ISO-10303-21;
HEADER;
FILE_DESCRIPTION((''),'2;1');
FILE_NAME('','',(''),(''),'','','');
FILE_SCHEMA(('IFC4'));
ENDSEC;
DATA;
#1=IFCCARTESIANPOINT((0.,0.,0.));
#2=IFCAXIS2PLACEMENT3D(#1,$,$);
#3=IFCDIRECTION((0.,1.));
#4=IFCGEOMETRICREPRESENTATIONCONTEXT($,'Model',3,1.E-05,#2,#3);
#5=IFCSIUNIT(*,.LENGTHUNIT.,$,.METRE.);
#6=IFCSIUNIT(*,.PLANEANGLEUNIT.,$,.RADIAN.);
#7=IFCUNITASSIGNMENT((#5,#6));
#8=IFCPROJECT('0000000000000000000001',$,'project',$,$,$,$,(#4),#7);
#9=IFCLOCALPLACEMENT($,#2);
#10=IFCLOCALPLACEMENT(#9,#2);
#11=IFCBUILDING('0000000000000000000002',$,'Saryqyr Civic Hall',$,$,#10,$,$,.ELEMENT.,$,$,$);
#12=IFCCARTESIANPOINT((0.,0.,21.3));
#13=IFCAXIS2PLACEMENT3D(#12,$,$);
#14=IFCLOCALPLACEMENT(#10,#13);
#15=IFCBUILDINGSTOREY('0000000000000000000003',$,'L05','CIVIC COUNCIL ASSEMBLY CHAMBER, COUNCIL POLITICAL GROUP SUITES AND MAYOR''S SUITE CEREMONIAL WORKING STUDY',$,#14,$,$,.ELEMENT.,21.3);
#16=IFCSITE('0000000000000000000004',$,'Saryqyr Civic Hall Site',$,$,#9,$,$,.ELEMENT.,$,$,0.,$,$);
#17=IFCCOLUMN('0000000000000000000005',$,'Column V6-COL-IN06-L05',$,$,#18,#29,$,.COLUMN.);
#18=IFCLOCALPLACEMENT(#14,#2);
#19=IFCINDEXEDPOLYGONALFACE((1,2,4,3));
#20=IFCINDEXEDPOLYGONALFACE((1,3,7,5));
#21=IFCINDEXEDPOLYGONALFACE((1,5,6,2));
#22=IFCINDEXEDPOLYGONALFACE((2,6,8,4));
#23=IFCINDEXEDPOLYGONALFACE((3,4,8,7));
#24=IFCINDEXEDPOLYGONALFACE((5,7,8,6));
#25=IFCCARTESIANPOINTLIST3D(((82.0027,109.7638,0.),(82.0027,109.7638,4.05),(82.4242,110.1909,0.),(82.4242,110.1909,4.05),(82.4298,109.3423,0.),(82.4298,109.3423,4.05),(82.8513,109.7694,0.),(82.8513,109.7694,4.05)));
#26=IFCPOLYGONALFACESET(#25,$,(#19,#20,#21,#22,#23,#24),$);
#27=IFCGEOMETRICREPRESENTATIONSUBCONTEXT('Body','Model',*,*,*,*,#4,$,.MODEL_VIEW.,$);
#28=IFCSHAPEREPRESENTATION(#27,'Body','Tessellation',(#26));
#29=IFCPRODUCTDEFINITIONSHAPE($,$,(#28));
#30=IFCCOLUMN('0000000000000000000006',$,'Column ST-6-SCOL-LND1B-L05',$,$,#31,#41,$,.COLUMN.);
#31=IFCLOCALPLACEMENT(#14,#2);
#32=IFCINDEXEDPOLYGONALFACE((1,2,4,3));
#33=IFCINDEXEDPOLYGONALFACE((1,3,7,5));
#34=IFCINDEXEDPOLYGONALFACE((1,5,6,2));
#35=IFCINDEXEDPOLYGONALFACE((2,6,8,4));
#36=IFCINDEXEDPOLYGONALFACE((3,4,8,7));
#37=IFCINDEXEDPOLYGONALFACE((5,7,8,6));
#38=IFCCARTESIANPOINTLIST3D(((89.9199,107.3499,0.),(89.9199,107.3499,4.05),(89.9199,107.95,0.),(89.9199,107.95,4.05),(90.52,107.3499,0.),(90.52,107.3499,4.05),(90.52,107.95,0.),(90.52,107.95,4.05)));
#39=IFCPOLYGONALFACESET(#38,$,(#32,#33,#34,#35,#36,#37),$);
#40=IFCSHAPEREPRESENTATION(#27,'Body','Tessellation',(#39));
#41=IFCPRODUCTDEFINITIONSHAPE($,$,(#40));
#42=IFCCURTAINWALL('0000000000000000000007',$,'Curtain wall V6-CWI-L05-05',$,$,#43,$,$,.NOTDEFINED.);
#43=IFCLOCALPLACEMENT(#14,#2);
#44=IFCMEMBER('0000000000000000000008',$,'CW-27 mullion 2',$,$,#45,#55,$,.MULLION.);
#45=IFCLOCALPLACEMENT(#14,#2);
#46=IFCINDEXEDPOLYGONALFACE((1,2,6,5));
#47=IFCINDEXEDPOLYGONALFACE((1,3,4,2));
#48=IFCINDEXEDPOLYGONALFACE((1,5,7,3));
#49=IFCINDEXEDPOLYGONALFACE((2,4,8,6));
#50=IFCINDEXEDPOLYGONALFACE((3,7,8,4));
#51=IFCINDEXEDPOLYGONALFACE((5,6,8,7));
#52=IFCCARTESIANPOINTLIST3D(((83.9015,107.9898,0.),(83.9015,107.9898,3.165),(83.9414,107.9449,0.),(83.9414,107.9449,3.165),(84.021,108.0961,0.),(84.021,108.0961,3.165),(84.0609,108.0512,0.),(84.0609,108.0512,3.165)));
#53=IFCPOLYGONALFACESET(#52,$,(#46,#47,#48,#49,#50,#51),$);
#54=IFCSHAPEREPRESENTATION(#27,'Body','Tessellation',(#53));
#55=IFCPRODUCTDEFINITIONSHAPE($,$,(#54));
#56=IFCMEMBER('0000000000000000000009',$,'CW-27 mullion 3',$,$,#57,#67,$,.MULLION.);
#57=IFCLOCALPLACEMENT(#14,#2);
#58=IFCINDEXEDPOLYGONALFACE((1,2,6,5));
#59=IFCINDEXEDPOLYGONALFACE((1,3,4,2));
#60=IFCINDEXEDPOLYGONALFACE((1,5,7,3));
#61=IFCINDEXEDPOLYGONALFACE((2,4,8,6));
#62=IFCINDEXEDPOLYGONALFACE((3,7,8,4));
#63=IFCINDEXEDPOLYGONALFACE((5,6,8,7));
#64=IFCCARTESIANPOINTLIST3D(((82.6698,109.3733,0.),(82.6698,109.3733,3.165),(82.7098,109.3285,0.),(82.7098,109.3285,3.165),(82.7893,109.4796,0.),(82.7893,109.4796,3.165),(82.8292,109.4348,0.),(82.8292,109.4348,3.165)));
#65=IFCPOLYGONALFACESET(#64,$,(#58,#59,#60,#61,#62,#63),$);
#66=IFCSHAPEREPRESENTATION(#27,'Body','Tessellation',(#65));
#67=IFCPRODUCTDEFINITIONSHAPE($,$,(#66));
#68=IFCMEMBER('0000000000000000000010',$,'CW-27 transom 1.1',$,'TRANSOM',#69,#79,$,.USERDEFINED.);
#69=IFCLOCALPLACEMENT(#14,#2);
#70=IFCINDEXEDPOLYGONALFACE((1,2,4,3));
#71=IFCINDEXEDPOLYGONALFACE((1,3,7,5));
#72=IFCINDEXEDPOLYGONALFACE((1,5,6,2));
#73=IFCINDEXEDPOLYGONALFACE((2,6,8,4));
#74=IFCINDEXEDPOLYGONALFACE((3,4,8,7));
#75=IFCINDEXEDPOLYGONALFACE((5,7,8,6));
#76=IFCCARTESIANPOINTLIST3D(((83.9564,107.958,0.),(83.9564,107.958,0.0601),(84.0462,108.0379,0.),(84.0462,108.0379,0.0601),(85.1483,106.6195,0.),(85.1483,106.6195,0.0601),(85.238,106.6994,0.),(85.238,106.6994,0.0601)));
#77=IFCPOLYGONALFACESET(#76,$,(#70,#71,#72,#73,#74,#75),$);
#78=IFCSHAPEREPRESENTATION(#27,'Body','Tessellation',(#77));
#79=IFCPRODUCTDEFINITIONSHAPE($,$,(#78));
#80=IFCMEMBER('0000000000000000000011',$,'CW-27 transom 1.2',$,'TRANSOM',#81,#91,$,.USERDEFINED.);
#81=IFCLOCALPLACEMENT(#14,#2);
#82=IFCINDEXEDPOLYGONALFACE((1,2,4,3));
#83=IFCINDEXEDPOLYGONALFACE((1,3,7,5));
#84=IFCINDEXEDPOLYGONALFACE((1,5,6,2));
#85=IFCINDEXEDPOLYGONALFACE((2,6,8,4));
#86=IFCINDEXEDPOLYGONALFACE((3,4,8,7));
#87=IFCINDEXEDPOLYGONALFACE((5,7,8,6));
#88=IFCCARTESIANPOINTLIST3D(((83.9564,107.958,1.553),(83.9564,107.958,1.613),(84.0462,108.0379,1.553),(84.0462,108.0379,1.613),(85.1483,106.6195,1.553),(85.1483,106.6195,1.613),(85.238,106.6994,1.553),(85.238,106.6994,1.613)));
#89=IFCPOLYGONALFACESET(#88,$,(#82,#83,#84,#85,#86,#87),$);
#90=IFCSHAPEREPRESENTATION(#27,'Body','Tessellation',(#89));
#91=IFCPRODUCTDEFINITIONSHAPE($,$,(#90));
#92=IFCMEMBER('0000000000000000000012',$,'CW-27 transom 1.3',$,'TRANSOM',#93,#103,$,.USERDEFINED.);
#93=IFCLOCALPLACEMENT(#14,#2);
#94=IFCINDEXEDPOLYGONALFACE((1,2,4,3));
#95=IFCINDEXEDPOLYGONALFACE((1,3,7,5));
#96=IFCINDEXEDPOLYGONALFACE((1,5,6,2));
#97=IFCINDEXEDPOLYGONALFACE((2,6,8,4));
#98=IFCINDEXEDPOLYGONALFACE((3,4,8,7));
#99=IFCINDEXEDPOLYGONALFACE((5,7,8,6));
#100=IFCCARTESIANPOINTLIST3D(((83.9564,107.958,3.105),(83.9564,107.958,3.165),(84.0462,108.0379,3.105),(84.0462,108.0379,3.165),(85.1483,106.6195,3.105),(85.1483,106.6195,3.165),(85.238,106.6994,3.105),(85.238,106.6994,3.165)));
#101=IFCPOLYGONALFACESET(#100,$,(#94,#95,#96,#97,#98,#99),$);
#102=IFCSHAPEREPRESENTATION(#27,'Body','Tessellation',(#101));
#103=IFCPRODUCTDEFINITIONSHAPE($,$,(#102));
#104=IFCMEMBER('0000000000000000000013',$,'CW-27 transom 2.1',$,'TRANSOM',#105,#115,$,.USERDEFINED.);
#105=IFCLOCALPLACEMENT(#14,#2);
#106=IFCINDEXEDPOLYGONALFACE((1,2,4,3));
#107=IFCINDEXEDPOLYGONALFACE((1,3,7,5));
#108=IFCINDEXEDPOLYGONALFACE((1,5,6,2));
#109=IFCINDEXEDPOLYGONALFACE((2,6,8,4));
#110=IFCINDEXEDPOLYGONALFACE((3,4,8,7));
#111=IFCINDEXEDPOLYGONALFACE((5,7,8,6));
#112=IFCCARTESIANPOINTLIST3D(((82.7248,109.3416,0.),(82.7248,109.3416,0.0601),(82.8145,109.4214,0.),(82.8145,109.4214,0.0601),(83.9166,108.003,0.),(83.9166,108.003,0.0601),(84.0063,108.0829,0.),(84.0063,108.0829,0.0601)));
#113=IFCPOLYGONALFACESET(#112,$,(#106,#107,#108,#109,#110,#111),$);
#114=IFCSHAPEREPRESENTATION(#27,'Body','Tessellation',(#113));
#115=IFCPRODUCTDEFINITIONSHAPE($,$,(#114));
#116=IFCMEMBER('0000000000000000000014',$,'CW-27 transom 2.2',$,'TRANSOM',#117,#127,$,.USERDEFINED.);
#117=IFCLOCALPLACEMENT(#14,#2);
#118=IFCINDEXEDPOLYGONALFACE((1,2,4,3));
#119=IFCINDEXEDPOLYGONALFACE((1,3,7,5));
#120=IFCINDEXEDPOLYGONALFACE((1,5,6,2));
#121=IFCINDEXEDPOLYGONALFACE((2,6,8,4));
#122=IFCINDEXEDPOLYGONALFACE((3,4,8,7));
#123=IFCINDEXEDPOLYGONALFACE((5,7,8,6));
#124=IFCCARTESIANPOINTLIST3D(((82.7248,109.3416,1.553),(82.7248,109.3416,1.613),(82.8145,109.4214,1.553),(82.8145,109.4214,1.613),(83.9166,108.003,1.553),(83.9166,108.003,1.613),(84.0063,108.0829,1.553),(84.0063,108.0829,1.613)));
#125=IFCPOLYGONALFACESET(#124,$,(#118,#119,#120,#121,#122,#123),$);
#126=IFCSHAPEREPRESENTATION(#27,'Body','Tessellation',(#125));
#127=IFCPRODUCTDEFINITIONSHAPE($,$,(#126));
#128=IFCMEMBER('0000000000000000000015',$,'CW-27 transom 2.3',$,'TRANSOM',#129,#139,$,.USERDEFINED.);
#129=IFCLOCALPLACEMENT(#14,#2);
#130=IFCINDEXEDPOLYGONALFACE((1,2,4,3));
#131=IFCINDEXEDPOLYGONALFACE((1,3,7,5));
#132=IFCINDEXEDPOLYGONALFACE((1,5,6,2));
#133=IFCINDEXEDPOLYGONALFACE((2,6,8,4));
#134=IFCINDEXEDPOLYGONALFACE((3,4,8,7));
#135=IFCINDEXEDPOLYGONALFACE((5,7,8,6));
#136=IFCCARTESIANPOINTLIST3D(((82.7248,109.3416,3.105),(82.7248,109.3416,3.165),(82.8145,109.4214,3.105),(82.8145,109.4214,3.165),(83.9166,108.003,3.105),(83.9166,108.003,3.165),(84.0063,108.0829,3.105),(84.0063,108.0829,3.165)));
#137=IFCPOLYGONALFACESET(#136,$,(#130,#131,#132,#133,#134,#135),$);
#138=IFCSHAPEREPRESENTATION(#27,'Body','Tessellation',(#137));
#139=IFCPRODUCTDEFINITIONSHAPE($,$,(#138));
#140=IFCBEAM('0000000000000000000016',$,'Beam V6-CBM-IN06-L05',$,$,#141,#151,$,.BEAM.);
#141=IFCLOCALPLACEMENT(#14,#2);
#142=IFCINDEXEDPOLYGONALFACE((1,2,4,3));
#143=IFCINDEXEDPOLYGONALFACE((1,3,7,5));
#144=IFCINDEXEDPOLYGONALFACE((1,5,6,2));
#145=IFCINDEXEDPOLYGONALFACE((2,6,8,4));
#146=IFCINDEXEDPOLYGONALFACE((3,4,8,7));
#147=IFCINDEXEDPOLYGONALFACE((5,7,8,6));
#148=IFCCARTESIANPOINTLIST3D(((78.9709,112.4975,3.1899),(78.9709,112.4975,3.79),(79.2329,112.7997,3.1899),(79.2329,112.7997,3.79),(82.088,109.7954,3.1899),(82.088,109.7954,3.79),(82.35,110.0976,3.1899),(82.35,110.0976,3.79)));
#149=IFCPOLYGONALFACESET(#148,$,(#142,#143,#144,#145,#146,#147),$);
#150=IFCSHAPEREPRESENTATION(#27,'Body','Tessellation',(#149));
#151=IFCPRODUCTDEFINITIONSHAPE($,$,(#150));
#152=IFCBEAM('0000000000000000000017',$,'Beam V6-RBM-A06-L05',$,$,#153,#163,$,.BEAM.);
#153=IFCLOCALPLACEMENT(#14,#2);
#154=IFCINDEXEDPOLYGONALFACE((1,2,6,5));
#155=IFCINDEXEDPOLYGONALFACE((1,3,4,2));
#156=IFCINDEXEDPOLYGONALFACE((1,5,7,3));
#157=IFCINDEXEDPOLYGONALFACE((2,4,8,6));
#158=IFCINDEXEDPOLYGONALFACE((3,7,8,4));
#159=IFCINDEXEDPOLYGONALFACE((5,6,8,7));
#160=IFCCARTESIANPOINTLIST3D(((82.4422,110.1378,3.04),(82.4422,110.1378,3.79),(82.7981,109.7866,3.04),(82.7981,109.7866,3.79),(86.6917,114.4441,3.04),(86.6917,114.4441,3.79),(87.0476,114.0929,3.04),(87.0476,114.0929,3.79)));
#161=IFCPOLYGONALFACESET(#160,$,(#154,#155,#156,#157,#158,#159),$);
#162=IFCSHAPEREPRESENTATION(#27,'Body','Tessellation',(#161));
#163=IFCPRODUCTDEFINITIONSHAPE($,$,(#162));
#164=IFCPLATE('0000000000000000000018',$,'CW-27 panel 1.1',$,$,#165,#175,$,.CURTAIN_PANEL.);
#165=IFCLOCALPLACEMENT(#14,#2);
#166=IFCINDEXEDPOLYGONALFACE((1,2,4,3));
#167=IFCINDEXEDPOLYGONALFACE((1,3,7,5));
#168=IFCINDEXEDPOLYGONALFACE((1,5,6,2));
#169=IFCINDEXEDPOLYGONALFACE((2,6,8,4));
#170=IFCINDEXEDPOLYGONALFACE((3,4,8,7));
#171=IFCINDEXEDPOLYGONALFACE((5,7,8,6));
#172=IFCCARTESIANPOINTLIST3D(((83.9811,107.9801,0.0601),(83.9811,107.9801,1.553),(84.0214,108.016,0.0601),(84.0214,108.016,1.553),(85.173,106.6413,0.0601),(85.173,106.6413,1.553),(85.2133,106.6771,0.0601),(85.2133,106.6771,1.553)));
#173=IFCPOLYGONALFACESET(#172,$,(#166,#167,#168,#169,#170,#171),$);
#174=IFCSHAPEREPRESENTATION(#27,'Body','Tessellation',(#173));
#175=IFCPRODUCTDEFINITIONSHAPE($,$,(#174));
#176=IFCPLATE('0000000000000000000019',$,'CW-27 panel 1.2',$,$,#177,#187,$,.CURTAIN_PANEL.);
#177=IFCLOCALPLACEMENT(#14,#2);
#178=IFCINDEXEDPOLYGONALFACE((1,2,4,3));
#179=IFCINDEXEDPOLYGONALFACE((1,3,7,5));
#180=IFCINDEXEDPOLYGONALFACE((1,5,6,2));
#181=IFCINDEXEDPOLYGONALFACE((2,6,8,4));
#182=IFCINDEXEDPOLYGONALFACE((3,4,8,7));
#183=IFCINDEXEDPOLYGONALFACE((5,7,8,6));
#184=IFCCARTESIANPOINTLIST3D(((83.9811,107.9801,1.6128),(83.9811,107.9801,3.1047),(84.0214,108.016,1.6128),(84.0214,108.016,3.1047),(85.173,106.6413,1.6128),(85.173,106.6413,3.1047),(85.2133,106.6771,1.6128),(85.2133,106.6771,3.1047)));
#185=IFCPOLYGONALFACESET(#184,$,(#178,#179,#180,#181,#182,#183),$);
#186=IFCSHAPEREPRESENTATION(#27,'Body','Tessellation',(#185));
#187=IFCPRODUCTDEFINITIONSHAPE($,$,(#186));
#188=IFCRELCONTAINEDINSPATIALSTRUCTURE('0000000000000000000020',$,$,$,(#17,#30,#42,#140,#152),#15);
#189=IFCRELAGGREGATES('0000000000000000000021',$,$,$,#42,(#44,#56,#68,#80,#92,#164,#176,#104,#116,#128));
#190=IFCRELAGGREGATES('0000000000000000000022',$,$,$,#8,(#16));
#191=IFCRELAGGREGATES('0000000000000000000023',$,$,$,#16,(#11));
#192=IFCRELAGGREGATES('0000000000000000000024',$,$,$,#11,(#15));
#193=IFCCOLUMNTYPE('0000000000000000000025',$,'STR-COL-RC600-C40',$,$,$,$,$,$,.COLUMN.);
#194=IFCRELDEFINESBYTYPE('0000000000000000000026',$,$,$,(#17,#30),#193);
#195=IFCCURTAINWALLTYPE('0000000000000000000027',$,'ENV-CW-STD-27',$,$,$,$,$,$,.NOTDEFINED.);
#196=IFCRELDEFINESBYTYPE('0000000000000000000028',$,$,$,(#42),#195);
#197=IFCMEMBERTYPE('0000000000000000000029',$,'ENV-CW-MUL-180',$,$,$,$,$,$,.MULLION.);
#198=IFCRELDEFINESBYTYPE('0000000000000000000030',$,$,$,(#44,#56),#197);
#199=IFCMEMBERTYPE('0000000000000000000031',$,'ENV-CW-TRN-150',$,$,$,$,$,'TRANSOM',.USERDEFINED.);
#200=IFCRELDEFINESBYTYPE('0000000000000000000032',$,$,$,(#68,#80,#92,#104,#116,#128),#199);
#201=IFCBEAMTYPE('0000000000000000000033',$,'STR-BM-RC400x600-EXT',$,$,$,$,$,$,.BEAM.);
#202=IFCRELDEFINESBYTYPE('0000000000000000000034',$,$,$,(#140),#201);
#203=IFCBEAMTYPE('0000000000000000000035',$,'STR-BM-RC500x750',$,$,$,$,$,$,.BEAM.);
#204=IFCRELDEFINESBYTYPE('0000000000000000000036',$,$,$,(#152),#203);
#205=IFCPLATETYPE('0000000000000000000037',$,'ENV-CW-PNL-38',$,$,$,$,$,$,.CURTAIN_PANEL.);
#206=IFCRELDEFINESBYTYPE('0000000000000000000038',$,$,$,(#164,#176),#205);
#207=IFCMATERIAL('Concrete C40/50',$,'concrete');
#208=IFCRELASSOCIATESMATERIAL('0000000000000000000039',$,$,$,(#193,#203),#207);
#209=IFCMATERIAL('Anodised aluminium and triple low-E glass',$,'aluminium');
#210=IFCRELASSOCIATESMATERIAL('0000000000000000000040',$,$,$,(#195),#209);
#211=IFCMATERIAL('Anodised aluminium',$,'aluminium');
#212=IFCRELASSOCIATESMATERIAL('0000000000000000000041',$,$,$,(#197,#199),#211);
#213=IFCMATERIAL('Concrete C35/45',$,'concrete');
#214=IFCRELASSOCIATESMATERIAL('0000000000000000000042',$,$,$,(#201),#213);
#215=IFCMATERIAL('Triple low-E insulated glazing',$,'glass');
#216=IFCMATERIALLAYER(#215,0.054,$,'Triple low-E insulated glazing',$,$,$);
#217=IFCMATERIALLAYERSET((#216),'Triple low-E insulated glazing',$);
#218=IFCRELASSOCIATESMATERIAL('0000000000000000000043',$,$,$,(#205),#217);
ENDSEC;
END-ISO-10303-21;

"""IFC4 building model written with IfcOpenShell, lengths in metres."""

from ifc_helpers import new_model, si_unit, direction, frame, origin, origin_2d, place, context, subcontext, project, spatial, rectangle, extrude, material, layer, layer_set, material_profile, profile_set, type_object, element, aggregate, save


model = new_model("IFC4")

# Units and contexts
model_context = context("Model", 3, precision=1e-05, world=origin(), true_north=direction((0.0, 1.0)))
body_context = subcontext(model_context, "Body", "Model", "MODEL_VIEW")
ifc_project = project(units=[si_unit("LENGTHUNIT", "METRE"), si_unit("PLANEANGLEUNIT", "RADIAN")], contexts=[model_context])

# Site, building, storey
site_placement = place(None, origin())
site = spatial("IfcSite", under=ifc_project, at=site_placement, Name="Saryqyr Civic Hall Site", CompositionType="ELEMENT", RefElevation=0.0)
building_placement = place(site_placement, origin())
building = spatial("IfcBuilding", under=site, at=building_placement, Name="Saryqyr Civic Hall", CompositionType="ELEMENT")
storey_placement = place(building_placement, frame((0.0, 0.0, 21.3)))
storey = spatial("IfcBuildingStorey", under=building, at=storey_placement, Name="L05", Description="CIVIC COUNCIL ASSEMBLY CHAMBER, COUNCIL POLITICAL GROUP SUITES AND MAYOR'S SUITE CEREMONIAL WORKING STUDY", CompositionType="ELEMENT", Elevation=21.3)

# Columns
ifc_material_1 = material(Name="Concrete C40/50", Category="concrete")
ifc_material_profile_1 = material_profile(ifc_material_1, rectangle(XDim=0.6001, YDim=0.6001, at=origin_2d()), Name="RC 600x600")
ifc_profile_set_1 = profile_set([ifc_material_profile_1], Name="Concrete C40/50")
column_type = type_object("IfcColumnType", Name="STR-COL-RC600-C40", PredefinedType="COLUMN", material=ifc_profile_set_1)
for number, where, z_axis, x_axis, name in (
    (1, (82.427, 109.7666, 0.0), (0.0, 0.0, 1.0), (0.702402, 0.711781, 0.0), "Column V6-COL-IN06-L05"),
    (2, (90.22, 107.6499, 0.0), (0.0, 0.0, 1.0), (1.0, 0.0, 0.0), "Column ST-6-SCOL-LND1B-L05"),
):
    element("IfcColumn", number, at=place(storey_placement, frame(where, z_axis=z_axis, x_axis=x_axis)), inside=storey, type_object=column_type, Name=name, PredefinedType="COLUMN", context=body_context, shape_type="SweptSolid", body=[
        extrude(rectangle(XDim=0.6001, YDim=0.6001, at=origin_2d()), origin(), (0.0, 0.0, 1.0), 4.05),
    ])

# Curtain wall, members
ifc_material_2 = material(Name="Anodised aluminium and triple low-E glass", Category="aluminium")
curtain_wall_type = type_object("IfcCurtainWallType", Name="ENV-CW-STD-27", PredefinedType="NOTDEFINED", material=ifc_material_2)
curtain_wall_placement = place(storey_placement, origin())
curtain_wall = element("IfcCurtainWall", 3, at=curtain_wall_placement, inside=storey, type_object=curtain_wall_type, Name="Curtain wall V6-CWI-L05-05", PredefinedType="NOTDEFINED")
ifc_material_3 = material(Name="Anodised aluminium", Category="aluminium")
ifc_material_profile_2 = material_profile(ifc_material_3, rectangle(XDim=0.0601, YDim=0.1599, at=origin_2d()), Name="ALU MULLION 60x160")
ifc_profile_set_2 = profile_set([ifc_material_profile_2], Name="Anodised aluminium")
member_type_1 = type_object("IfcMemberType", Name="ENV-CW-MUL-180", PredefinedType="MULLION", material=ifc_profile_set_2)
member_1_placement = place(storey_placement, frame((83.9812, 108.0205, 0.0), z_axis=(0.0, 0.0, 1.0), x_axis=(-0.664934, 0.746902, 0.0)))
member_1 = element("IfcMember", 4, at=member_1_placement, type_object=member_type_1, Name="CW-27 mullion 2", PredefinedType="MULLION", context=body_context, shape_type="SweptSolid", body=[
    extrude(rectangle(XDim=0.0601, YDim=0.1599, at=origin_2d()), origin(), (0.0, 0.0, 1.0), 3.165),
])
member_2_placement = place(storey_placement, frame((82.7495, 109.4041, 0.0), z_axis=(0.0, 0.0, 1.0), x_axis=(-0.664934, 0.746902, 0.0)))
member_2 = element("IfcMember", 5, at=member_2_placement, type_object=member_type_1, Name="CW-27 mullion 3", PredefinedType="MULLION", context=body_context, shape_type="SweptSolid", body=[
    extrude(rectangle(XDim=0.0601, YDim=0.1599, at=origin_2d()), origin(), (0.0, 0.0, 1.0), 3.165),
])
ifc_material_profile_3 = material_profile(ifc_material_3, rectangle(XDim=0.1201, YDim=0.0601, at=origin_2d()), Name="ALU TRANSOM 120x60")
ifc_profile_set_3 = profile_set([ifc_material_profile_3], Name="Anodised aluminium")
member_type_2 = type_object("IfcMemberType", Name="ENV-CW-TRN-150", ElementType="TRANSOM", PredefinedType="USERDEFINED", material=ifc_profile_set_3)
member_3_placement = place(storey_placement, frame((85.1931, 106.6594, 0.03), z_axis=(-0.664989, 0.746853, 0.0), x_axis=(-0.746853, -0.664989, 0.0)))
member_3 = element("IfcMember", 6, at=member_3_placement, type_object=member_type_2, Name="CW-27 transom 1.1", ObjectType="TRANSOM", PredefinedType="USERDEFINED", context=body_context, shape_type="SweptSolid", body=[
    extrude(rectangle(XDim=0.1201, YDim=0.0601, at=origin_2d()), origin(), (0.0, 0.0, 1.0), 1.7922),
])
member_4_placement = place(storey_placement, frame((85.1931, 106.6594, 1.583), z_axis=(-0.664989, 0.746853, 0.0), x_axis=(-0.746853, -0.664989, 0.0)))
member_4 = element("IfcMember", 7, at=member_4_placement, type_object=member_type_2, Name="CW-27 transom 1.2", ObjectType="TRANSOM", PredefinedType="USERDEFINED", context=body_context, shape_type="SweptSolid", body=[
    extrude(rectangle(XDim=0.1201, YDim=0.0601, at=origin_2d()), origin(), (0.0, 0.0, 1.0), 1.7922),
])
member_5_placement = place(storey_placement, frame((85.1931, 106.6594, 3.135), z_axis=(-0.664989, 0.746853, 0.0), x_axis=(-0.746853, -0.664989, 0.0)))
member_5 = element("IfcMember", 8, at=member_5_placement, type_object=member_type_2, Name="CW-27 transom 1.3", ObjectType="TRANSOM", PredefinedType="USERDEFINED", context=body_context, shape_type="SweptSolid", body=[
    extrude(rectangle(XDim=0.1201, YDim=0.0601, at=origin_2d()), origin(), (0.0, 0.0, 1.0), 1.7922),
])
member_6_placement = place(storey_placement, frame((83.9614, 108.043, 0.03), z_axis=(-0.664989, 0.746853, 0.0), x_axis=(-0.746853, -0.664989, 0.0)))
member_6 = element("IfcMember", 9, at=member_6_placement, type_object=member_type_2, Name="CW-27 transom 2.1", ObjectType="TRANSOM", PredefinedType="USERDEFINED", context=body_context, shape_type="SweptSolid", body=[
    extrude(rectangle(XDim=0.1201, YDim=0.0601, at=origin_2d()), origin(), (0.0, 0.0, 1.0), 1.7922),
])
member_7_placement = place(storey_placement, frame((83.9614, 108.043, 1.583), z_axis=(-0.664989, 0.746853, 0.0), x_axis=(-0.746853, -0.664989, 0.0)))
member_7 = element("IfcMember", 10, at=member_7_placement, type_object=member_type_2, Name="CW-27 transom 2.2", ObjectType="TRANSOM", PredefinedType="USERDEFINED", context=body_context, shape_type="SweptSolid", body=[
    extrude(rectangle(XDim=0.1201, YDim=0.0601, at=origin_2d()), origin(), (0.0, 0.0, 1.0), 1.7922),
])
member_8_placement = place(storey_placement, frame((83.9614, 108.043, 3.135), z_axis=(-0.664989, 0.746853, 0.0), x_axis=(-0.746853, -0.664989, 0.0)))
member_8 = element("IfcMember", 11, at=member_8_placement, type_object=member_type_2, Name="CW-27 transom 2.3", ObjectType="TRANSOM", PredefinedType="USERDEFINED", context=body_context, shape_type="SweptSolid", body=[
    extrude(rectangle(XDim=0.1201, YDim=0.0601, at=origin_2d()), origin(), (0.0, 0.0, 1.0), 1.7922),
])

# Beams
ifc_material_4 = material(Name="Concrete C35/45", Category="concrete")
ifc_material_profile_4 = material_profile(ifc_material_4, rectangle(XDim=0.3999, YDim=0.6001, at=origin_2d()), Name="RC 400x600")
ifc_profile_set_4 = profile_set([ifc_material_profile_4], Name="Concrete C35/45")
beam_type_1 = type_object("IfcBeamType", Name="STR-BM-RC400x600-EXT", PredefinedType="BEAM", material=ifc_profile_set_4)
beam_1_placement = place(storey_placement, frame((82.219, 109.9465, 3.49), z_axis=(-0.755619, 0.655012, 0.0), x_axis=(-0.655012, -0.755619, 0.0)))
element("IfcBeam", 12, at=beam_1_placement, inside=storey, type_object=beam_type_1, Name="Beam V6-CBM-IN06-L05", PredefinedType="BEAM", context=body_context, shape_type="SweptSolid", body=[
    extrude(rectangle(XDim=0.3999, YDim=0.6001, at=origin_2d()), origin(), (0.0, 0.0, 1.0), 4.1252),
])
ifc_material_profile_5 = material_profile(ifc_material_1, rectangle(XDim=0.5, YDim=0.75, at=origin_2d()), Name="RC 500x750")
ifc_profile_set_5 = profile_set([ifc_material_profile_5], Name="Concrete C40/50")
beam_type_2 = type_object("IfcBeamType", Name="STR-BM-RC500x750", PredefinedType="BEAM", material=ifc_profile_set_5)
beam_2_placement = place(storey_placement, frame((82.6201, 109.9622, 3.415), z_axis=(0.70239, 0.711792, 0.0), x_axis=(-0.711792, 0.70239, 0.0)))
element("IfcBeam", 13, at=beam_2_placement, inside=storey, type_object=beam_type_2, Name="Beam V6-RBM-A06-L05", PredefinedType="BEAM", context=body_context, shape_type="SweptSolid", body=[
    extrude(rectangle(XDim=0.5, YDim=0.75, at=origin_2d()), origin(), (0.0, 0.0, 1.0), 6.05),
])

# Plates
ifc_material_5 = material(Name="Triple low-E insulated glazing", Category="glass")
ifc_layer_1 = layer(ifc_material_5, 0.054, Name="Triple low-E insulated glazing")
ifc_layer_set_1 = layer_set([ifc_layer_1], Name="Triple low-E insulated glazing")
plate_type = type_object("IfcPlateType", Name="ENV-CW-PNL-38", PredefinedType="CURTAIN_PANEL", material=ifc_layer_set_1)
plate_1_placement = place(storey_placement, frame((84.5972, 107.3286, 0.0601), z_axis=(0.0, 0.0, 1.0), x_axis=(-0.664934, 0.746902, 0.0)))
plate_1 = element("IfcPlate", 14, at=plate_1_placement, type_object=plate_type, Name="CW-27 panel 1.1", PredefinedType="CURTAIN_PANEL", context=body_context, shape_type="SweptSolid", body=[
    extrude(rectangle(XDim=1.7925, YDim=0.054, at=origin_2d()), origin(), (0.0, 0.0, 1.0), 1.4929),
])
plate_2_placement = place(storey_placement, frame((84.5972, 107.3286, 1.6128), z_axis=(0.0, 0.0, 1.0), x_axis=(-0.664934, 0.746902, 0.0)))
plate_2 = element("IfcPlate", 15, at=plate_2_placement, type_object=plate_type, Name="CW-27 panel 1.2", PredefinedType="CURTAIN_PANEL", context=body_context, shape_type="SweptSolid", body=[
    extrude(rectangle(XDim=1.7925, YDim=0.054, at=origin_2d()), origin(), (0.0, 0.0, 1.0), 1.4919),
])
aggregate(curtain_wall, [member_1, member_2, member_3, member_4, member_5, plate_1, plate_2, member_6, member_7, member_8])

save(model, "model.ifc")
